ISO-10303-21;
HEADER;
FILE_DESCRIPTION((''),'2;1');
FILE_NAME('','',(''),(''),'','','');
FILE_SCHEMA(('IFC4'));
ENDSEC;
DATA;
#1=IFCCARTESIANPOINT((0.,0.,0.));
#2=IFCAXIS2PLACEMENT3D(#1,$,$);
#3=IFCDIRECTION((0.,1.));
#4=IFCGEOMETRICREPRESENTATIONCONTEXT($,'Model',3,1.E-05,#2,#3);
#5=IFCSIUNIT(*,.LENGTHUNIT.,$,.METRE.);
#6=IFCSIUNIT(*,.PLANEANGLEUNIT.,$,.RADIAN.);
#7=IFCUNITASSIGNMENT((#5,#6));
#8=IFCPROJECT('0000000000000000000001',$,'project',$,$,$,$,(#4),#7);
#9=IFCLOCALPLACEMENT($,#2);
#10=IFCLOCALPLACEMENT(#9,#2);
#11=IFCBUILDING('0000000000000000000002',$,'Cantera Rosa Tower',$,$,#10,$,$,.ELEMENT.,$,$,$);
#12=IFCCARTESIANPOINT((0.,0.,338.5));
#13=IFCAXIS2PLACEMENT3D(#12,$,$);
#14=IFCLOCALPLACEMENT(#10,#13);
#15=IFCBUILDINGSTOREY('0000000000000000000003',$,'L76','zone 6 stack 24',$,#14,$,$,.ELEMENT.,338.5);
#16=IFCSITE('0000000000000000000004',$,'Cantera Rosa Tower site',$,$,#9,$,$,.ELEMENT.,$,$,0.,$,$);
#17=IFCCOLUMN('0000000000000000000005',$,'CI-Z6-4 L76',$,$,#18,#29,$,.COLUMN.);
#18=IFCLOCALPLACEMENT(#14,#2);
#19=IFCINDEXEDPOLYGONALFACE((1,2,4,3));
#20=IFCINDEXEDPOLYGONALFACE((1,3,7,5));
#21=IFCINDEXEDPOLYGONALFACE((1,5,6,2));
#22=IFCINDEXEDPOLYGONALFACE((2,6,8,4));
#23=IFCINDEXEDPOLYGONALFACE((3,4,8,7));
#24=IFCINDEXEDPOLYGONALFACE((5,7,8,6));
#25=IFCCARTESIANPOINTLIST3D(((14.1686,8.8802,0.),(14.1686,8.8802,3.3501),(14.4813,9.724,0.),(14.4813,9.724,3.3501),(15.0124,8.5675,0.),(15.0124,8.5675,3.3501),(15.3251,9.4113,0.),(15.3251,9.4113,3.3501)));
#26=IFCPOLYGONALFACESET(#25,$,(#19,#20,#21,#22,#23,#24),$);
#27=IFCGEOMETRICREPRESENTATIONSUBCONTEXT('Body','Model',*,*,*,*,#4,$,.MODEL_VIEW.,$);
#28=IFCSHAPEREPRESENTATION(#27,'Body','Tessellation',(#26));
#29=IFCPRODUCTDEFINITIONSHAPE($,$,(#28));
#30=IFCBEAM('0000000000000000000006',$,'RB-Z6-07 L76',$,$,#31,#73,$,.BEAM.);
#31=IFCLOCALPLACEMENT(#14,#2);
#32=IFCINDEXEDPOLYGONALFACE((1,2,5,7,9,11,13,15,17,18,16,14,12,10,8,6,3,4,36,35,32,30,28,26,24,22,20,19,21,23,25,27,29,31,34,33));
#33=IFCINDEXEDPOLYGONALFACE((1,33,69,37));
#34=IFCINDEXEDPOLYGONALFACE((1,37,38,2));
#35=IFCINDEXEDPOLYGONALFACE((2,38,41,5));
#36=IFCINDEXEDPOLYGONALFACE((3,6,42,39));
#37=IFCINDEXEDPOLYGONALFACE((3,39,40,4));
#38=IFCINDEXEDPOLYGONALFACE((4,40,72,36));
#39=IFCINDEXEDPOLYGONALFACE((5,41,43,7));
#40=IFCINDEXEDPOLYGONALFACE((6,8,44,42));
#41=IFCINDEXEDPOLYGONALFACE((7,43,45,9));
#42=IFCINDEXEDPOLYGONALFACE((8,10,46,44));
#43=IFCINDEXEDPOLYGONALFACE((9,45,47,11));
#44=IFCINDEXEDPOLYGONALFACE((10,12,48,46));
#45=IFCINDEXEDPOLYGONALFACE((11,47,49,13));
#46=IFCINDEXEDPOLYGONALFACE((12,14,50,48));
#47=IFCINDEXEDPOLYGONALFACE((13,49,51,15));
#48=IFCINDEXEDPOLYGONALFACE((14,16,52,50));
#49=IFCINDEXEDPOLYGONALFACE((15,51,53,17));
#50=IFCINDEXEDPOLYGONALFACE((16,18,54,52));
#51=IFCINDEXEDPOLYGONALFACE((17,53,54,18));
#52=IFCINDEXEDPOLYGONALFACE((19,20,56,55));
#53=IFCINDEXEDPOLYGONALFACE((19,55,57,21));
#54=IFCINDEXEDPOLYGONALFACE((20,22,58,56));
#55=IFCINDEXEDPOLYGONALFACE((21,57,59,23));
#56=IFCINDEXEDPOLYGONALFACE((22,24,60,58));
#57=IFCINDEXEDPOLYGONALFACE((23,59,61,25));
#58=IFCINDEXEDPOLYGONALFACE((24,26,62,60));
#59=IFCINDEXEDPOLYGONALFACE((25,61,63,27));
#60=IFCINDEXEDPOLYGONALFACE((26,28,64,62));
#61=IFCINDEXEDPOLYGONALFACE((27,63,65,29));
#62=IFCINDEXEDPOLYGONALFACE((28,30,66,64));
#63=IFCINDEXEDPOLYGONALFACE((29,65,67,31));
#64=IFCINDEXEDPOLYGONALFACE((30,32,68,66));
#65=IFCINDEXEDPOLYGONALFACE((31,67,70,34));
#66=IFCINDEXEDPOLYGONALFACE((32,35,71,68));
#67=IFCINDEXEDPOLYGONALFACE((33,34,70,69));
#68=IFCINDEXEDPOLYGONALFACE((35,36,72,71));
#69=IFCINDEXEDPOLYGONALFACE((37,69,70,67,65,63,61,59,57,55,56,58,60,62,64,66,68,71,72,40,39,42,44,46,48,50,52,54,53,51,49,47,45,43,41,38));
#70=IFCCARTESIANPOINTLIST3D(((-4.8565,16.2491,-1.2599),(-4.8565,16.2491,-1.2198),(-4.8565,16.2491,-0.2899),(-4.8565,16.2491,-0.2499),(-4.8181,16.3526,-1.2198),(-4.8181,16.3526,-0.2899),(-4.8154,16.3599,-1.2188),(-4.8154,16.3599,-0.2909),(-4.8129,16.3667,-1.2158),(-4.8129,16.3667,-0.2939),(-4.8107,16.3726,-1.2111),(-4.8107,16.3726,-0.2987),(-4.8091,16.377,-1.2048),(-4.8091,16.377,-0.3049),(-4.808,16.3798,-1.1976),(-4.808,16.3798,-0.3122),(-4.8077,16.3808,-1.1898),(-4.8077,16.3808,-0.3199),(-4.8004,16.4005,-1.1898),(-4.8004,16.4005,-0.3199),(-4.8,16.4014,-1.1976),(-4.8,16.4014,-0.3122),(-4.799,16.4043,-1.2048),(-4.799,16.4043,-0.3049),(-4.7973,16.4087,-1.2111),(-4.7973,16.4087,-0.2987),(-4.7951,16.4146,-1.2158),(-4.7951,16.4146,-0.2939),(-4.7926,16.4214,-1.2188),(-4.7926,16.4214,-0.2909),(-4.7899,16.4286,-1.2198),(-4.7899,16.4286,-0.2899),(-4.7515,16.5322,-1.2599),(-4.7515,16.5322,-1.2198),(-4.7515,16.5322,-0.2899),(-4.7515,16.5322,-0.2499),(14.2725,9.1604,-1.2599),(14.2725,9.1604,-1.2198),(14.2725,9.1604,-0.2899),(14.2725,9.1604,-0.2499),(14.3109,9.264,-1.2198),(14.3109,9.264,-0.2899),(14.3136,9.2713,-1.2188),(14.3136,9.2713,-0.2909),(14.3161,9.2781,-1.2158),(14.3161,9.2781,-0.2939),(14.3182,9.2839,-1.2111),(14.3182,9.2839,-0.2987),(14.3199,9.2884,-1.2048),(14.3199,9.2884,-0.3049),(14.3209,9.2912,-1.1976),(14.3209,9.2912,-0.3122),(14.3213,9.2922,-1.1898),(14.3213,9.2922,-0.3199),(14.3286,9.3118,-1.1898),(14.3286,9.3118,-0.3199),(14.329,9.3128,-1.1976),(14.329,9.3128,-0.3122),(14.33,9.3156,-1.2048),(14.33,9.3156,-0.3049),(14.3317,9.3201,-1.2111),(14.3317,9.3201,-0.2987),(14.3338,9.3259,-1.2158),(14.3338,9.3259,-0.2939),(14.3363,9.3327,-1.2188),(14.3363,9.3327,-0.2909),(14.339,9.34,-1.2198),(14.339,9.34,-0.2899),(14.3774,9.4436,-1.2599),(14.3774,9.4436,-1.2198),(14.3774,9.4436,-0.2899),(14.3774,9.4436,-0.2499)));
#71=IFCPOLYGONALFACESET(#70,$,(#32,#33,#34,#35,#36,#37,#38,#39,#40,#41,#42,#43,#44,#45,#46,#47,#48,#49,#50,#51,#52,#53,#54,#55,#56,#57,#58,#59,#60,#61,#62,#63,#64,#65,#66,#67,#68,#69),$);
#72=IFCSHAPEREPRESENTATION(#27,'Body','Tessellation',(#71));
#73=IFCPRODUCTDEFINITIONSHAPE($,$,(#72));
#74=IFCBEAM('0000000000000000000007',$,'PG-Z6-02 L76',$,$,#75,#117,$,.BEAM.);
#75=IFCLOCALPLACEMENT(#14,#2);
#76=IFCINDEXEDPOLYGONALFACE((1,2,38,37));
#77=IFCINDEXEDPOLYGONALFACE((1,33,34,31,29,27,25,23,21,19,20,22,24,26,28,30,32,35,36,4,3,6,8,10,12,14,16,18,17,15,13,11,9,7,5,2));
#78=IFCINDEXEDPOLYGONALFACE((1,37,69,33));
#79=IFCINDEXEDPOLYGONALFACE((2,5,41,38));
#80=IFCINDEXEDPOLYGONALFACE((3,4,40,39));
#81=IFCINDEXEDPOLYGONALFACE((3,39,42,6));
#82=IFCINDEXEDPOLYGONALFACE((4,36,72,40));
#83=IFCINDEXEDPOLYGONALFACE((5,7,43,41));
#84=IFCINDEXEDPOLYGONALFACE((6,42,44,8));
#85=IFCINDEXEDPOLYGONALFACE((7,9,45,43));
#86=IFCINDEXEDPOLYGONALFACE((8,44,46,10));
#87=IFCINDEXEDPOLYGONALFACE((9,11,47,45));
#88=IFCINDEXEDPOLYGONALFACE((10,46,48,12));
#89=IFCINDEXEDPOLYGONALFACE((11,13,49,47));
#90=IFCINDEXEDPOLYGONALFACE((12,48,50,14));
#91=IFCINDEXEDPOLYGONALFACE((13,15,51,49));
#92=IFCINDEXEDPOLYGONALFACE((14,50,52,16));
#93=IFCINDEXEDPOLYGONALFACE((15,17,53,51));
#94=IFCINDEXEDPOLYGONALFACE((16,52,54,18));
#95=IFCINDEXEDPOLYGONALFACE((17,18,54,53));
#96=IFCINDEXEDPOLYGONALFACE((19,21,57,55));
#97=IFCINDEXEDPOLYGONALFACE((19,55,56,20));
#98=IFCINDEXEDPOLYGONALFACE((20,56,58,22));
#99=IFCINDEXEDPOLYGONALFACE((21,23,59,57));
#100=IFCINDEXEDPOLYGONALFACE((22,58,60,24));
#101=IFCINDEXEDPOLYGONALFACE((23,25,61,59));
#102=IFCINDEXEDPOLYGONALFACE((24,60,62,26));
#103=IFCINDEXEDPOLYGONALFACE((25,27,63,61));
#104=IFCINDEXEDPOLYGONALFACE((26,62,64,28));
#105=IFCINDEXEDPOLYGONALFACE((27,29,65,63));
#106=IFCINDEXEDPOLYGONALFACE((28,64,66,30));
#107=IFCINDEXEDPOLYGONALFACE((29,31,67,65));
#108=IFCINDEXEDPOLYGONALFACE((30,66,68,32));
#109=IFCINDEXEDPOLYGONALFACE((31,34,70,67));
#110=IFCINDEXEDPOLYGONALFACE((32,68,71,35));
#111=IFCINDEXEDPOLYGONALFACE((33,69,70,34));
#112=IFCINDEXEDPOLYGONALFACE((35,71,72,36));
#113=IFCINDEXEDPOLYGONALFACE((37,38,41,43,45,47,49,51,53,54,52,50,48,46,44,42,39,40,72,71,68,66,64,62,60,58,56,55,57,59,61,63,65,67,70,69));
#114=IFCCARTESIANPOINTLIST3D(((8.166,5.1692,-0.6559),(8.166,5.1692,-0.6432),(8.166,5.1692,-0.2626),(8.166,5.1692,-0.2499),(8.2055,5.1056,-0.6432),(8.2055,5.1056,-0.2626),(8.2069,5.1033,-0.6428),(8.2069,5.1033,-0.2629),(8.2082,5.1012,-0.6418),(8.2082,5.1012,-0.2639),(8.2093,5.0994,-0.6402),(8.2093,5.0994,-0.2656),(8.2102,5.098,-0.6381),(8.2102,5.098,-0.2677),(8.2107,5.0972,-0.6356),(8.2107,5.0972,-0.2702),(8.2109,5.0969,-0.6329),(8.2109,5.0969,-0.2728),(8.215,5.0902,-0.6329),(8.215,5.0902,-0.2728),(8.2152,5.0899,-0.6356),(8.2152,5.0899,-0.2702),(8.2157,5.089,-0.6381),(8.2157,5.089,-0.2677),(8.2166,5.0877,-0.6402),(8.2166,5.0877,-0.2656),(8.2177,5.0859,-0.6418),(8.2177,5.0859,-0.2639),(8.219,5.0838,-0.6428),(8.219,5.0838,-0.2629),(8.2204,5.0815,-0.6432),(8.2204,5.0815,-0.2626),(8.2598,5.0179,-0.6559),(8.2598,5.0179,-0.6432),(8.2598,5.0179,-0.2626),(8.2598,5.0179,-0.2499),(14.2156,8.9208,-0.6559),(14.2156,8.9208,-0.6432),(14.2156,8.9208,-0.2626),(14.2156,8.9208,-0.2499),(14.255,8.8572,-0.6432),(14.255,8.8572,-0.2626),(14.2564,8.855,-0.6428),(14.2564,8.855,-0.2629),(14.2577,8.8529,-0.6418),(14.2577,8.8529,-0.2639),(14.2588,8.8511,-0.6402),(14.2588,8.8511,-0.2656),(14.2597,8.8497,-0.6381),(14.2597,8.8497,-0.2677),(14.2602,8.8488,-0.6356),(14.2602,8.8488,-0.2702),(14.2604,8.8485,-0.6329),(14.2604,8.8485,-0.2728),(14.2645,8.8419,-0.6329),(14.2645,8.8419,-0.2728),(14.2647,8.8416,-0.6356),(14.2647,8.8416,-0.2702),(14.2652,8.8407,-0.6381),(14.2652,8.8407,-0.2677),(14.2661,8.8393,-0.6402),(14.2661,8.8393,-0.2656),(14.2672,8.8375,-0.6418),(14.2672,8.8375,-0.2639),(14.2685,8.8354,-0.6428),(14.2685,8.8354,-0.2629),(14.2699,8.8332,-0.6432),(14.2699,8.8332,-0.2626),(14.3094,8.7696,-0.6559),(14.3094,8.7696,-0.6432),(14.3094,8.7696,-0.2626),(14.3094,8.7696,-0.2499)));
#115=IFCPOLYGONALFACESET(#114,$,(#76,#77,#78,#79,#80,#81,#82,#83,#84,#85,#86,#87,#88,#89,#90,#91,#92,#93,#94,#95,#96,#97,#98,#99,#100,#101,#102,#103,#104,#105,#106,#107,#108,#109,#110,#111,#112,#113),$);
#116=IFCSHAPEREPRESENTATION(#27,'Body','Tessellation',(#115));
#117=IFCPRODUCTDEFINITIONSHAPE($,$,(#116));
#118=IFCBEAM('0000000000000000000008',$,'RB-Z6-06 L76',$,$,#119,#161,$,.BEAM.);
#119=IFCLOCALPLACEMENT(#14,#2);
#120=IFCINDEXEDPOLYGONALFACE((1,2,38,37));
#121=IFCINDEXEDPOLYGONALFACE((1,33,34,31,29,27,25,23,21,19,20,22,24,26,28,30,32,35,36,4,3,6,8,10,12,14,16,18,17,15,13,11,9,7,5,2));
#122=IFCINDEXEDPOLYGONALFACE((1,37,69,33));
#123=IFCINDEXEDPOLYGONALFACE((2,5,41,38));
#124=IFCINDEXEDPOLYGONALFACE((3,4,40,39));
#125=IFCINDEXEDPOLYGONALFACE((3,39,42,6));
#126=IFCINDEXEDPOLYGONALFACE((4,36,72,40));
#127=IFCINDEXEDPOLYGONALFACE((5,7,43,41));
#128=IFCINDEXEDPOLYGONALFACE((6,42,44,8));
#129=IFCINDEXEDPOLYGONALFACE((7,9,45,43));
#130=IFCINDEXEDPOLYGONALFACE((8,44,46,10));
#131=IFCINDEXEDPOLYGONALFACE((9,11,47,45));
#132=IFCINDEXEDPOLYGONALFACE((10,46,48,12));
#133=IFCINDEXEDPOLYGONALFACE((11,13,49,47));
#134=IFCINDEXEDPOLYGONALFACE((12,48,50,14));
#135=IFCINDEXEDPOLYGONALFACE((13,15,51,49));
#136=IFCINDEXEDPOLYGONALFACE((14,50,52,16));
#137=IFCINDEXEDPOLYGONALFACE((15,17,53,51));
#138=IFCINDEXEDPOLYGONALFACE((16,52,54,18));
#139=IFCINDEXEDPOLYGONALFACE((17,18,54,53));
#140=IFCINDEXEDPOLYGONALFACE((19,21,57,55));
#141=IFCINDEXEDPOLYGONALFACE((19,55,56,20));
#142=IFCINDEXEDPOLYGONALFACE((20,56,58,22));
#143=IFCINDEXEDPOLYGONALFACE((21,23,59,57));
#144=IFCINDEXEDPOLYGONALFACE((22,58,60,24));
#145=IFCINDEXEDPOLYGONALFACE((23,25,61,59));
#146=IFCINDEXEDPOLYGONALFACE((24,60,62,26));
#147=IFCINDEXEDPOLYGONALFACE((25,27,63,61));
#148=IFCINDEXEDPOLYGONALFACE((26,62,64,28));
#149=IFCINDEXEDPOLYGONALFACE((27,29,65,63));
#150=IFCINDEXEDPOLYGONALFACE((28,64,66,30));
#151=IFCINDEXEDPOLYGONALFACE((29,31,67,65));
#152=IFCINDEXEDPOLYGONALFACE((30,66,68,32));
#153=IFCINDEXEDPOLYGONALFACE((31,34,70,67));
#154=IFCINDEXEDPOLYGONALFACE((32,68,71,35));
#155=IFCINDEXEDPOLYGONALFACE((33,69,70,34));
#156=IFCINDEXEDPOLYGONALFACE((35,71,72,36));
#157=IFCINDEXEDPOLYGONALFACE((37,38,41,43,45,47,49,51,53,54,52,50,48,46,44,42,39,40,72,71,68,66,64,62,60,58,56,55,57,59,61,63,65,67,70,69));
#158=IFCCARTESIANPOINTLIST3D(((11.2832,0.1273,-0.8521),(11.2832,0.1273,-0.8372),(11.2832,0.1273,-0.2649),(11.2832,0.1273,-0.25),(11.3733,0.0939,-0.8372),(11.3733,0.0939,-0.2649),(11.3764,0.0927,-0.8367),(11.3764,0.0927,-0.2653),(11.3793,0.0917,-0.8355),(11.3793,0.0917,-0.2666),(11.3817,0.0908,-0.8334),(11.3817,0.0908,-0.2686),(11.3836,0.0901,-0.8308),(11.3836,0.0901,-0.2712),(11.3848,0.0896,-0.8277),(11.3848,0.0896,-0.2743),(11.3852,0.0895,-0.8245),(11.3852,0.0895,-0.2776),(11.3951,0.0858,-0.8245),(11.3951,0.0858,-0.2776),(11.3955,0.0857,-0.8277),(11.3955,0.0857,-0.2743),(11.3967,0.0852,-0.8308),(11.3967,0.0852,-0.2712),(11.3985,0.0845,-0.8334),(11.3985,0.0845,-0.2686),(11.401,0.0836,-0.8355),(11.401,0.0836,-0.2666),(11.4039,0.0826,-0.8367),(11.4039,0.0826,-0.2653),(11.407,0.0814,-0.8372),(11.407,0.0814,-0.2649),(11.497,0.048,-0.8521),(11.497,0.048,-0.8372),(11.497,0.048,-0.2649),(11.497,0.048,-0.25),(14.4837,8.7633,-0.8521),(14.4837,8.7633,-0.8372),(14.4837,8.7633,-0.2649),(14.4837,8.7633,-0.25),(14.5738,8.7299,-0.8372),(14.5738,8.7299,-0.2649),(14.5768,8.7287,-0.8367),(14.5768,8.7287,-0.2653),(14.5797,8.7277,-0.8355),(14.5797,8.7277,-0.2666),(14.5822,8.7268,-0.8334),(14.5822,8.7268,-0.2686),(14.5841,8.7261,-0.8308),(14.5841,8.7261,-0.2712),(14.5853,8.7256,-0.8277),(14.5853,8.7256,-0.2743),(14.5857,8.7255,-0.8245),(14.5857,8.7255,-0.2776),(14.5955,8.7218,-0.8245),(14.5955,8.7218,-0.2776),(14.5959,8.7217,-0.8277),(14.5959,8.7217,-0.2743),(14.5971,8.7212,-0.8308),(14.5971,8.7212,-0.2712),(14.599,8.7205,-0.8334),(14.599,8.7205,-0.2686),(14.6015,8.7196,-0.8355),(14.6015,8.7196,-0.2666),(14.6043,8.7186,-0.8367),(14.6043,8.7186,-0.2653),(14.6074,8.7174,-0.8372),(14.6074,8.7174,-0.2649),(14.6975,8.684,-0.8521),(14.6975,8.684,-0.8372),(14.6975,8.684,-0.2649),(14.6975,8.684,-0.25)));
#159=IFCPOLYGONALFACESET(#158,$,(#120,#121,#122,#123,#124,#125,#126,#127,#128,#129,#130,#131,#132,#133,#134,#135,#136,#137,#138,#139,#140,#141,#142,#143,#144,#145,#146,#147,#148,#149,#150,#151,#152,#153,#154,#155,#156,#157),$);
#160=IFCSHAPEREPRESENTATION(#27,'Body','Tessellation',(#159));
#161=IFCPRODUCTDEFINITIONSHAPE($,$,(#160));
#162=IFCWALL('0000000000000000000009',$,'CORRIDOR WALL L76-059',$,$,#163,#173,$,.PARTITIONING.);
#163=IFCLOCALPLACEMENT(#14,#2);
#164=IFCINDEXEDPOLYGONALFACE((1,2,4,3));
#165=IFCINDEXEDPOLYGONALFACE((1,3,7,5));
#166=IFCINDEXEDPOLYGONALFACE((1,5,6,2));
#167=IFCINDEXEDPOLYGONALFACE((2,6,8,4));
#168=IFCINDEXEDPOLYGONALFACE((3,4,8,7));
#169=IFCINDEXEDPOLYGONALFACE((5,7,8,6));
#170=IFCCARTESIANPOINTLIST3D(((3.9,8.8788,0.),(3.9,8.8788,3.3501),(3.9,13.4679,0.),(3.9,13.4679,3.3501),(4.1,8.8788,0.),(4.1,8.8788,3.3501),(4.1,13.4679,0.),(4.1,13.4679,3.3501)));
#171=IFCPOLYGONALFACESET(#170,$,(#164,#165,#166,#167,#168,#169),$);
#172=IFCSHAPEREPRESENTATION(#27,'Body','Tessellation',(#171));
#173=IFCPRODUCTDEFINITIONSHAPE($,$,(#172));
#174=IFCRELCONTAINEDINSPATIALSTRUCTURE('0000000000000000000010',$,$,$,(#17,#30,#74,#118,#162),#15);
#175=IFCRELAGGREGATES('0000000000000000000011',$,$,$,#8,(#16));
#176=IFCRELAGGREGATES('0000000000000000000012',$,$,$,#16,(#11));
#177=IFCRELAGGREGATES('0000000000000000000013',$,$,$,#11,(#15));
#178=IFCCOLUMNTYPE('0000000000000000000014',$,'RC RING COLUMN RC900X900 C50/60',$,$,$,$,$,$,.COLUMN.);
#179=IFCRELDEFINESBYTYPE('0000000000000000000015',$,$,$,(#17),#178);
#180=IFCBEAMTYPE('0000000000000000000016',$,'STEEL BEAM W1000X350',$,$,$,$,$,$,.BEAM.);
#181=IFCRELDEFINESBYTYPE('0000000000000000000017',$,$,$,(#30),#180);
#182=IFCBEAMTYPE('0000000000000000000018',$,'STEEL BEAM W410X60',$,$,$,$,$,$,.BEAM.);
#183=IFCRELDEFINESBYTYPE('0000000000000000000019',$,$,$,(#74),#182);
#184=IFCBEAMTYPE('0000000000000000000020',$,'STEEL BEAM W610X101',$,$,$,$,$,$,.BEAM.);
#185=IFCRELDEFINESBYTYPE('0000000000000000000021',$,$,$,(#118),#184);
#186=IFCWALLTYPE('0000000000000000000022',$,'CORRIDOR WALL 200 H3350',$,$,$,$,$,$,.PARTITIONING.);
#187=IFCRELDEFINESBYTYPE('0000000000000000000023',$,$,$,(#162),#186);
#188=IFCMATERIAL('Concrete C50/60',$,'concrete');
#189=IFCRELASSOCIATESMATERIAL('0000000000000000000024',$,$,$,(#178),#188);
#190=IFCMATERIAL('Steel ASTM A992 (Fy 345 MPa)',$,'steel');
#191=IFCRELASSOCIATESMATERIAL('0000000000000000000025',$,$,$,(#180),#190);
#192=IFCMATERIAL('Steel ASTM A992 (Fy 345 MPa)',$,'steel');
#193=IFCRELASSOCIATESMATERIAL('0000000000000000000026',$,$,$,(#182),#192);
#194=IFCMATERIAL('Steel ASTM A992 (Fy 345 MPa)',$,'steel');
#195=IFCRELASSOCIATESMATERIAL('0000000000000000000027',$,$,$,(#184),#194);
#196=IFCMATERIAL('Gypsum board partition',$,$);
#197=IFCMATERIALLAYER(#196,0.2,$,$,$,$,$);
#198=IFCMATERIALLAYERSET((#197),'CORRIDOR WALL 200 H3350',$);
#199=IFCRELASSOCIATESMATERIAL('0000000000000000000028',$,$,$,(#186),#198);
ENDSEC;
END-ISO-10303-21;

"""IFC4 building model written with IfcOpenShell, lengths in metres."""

from ifc_helpers import new_model, si_unit, direction, frame, frame_2d, origin, origin_2d, place, context, subcontext, project, spatial, rectangle, i_section, extrude, material, layer, layer_set, material_profile, profile_set, type_object, element, save


model = new_model("IFC4")

# Units and contexts
model_context = context("Model", 3, precision=1e-05, world=origin(), true_north=direction((0.0, 1.0)))
body_context = subcontext(model_context, "Body", "Model", "MODEL_VIEW")
ifc_project = project(units=[si_unit("LENGTHUNIT", "METRE"), si_unit("PLANEANGLEUNIT", "RADIAN")], contexts=[model_context])

# Site, building, storey
site_placement = place(None, origin())
site = spatial("IfcSite", under=ifc_project, at=site_placement, Name="Cantera Rosa Tower site", CompositionType="ELEMENT", RefElevation=0.0)
building_placement = place(site_placement, origin())
building = spatial("IfcBuilding", under=site, at=building_placement, Name="Cantera Rosa Tower", CompositionType="ELEMENT")
storey_placement = place(building_placement, frame((0.0, 0.0, 338.5)))
storey = spatial("IfcBuildingStorey", under=building, at=storey_placement, Name="L76", Description="zone 6 stack 24", CompositionType="ELEMENT", Elevation=338.5)

# Column
ifc_material_1 = material(Name="Concrete C50/60", Category="concrete")
ifc_material_profile_1 = material_profile(ifc_material_1, rectangle(XDim=0.8999, YDim=0.8999, at=origin_2d()), Name="RC RING COLUMN RC900X900 C50/60")
ifc_profile_set_1 = profile_set([ifc_material_profile_1], Name="Concrete C50/60")
column_type = type_object("IfcColumnType", Name="RC RING COLUMN RC900X900 C50/60", PredefinedType="COLUMN", material=ifc_profile_set_1)
column_placement = place(storey_placement, frame((14.7468, 9.1458, 0.0), z_axis=(0.0, 0.0, 1.0), x_axis=(0.347481, 0.937687, 0.0)))
element("IfcColumn", 1, at=column_placement, inside=storey, type_object=column_type, Name="CI-Z6-4 L76", PredefinedType="COLUMN", context=body_context, shape_type="SweptSolid", body=[
    extrude(rectangle(XDim=0.8999, YDim=0.8999, at=origin_2d()), origin(), (0.0, 0.0, 1.0), 3.3501),
])

# Beams
ifc_material_2 = material(Name="Steel ASTM A992 (Fy 345 MPa)", Category="steel")
ifc_material_profile_2 = material_profile(ifc_material_2, i_section(OverallWidth=0.302, OverallDepth=1.01, WebThickness=0.021, FlangeThickness=0.04, FilletRadius=0.03, at=origin_2d()), Name="W1000X350")
ifc_profile_set_2 = profile_set([ifc_material_profile_2], Name="Steel ASTM A992 (Fy 345 MPa)")
beam_type_1 = type_object("IfcBeamType", Name="STEEL BEAM W1000X350", PredefinedType="BEAM", material=ifc_profile_set_2)
beam_1_placement = place(storey_placement, frame((14.325, 9.302, -0.7549), z_axis=(-0.937687, 0.34748, 0.0), x_axis=(-0.34748, -0.937687, 0.0)))
element("IfcBeam", 2, at=beam_1_placement, inside=storey, type_object=beam_type_1, Name="RB-Z6-07 L76", PredefinedType="BEAM", context=body_context, shape_type="SweptSolid", body=[
    extrude(i_section(OverallWidth=0.302, OverallDepth=1.01, WebThickness=0.021, FlangeThickness=0.04, FilletRadius=0.03, at=origin_2d()), origin(), (0.0, 0.0, 1.0), 20.4001),
])
ifc_material_3 = material(Name="Steel ASTM A992 (Fy 345 MPa)", Category="steel")
ifc_material_profile_3 = material_profile(ifc_material_3, i_section(OverallWidth=0.178, OverallDepth=0.406, WebThickness=0.0078, FlangeThickness=0.0127, FilletRadius=0.0103, at=origin_2d()), Name="W410X60")
ifc_profile_set_3 = profile_set([ifc_material_profile_3], Name="Steel ASTM A992 (Fy 345 MPa)")
beam_type_2 = type_object("IfcBeamType", Name="STEEL BEAM W410X60", PredefinedType="BEAM", material=ifc_profile_set_3)
beam_2_placement = place(storey_placement, frame((14.2625, 8.8452, -0.4529), z_axis=(-0.849841, -0.527039, 0.0), x_axis=(0.527039, -0.849841, 0.0)))
element("IfcBeam", 3, at=beam_2_placement, inside=storey, type_object=beam_type_2, Name="PG-Z6-02 L76", PredefinedType="BEAM", context=body_context, shape_type="SweptSolid", body=[
    extrude(i_section(OverallWidth=0.178, OverallDepth=0.406, WebThickness=0.0078, FlangeThickness=0.0127, FilletRadius=0.0103, at=origin_2d()), origin(), (0.0, 0.0, 1.0), 7.1184),
])
ifc_material_4 = material(Name="Steel ASTM A992 (Fy 345 MPa)", Category="steel")
ifc_material_profile_4 = material_profile(ifc_material_4, i_section(OverallWidth=0.228, OverallDepth=0.6021, WebThickness=0.0105, FlangeThickness=0.0149, FilletRadius=0.0127, at=origin_2d()), Name="W610X101")
ifc_profile_set_4 = profile_set([ifc_material_profile_4], Name="Steel ASTM A992 (Fy 345 MPa)")
beam_type_3 = type_object("IfcBeamType", Name="STEEL BEAM W610X101", PredefinedType="BEAM", material=ifc_profile_set_4)
beam_3_placement = place(storey_placement, frame((11.3901, 0.0876, -0.551), z_axis=(0.347498, 0.937681, 0.0), x_axis=(-0.937681, 0.347498, 0.0)))
element("IfcBeam", 4, at=beam_3_placement, inside=storey, type_object=beam_type_3, Name="RB-Z6-06 L76", PredefinedType="BEAM", context=body_context, shape_type="SweptSolid", body=[
    extrude(i_section(OverallWidth=0.228, OverallDepth=0.6021, WebThickness=0.0105, FlangeThickness=0.0149, FilletRadius=0.0127, at=origin_2d()), origin(), (0.0, 0.0, 1.0), 9.21),
])

# Wall
ifc_material_5 = material(Name="Gypsum board partition")
ifc_layer_1 = layer(ifc_material_5, 0.2)
ifc_layer_set_1 = layer_set([ifc_layer_1], Name="CORRIDOR WALL 200 H3350")
wall_type_1 = type_object("IfcWallType", Name="CORRIDOR WALL 200 H3350", PredefinedType="PARTITIONING", material=ifc_layer_set_1)
wall_1_placement = place(storey_placement, frame((4.0, 8.8789, 0.0), z_axis=(0.0, 0.0, 1.0), x_axis=(0.0, 1.0, 0.0)))
element("IfcWall", 5, at=wall_1_placement, inside=storey, type_object=wall_type_1, Name="CORRIDOR WALL L76-059", PredefinedType="PARTITIONING", context=body_context, shape_type="SweptSolid", body=[
    extrude(rectangle(XDim=4.5891, YDim=0.2, at=frame_2d((2.2944, 0.0))), origin(), (0.0, 0.0, 1.0), 3.3501),
])

save(model, "model.ifc")
